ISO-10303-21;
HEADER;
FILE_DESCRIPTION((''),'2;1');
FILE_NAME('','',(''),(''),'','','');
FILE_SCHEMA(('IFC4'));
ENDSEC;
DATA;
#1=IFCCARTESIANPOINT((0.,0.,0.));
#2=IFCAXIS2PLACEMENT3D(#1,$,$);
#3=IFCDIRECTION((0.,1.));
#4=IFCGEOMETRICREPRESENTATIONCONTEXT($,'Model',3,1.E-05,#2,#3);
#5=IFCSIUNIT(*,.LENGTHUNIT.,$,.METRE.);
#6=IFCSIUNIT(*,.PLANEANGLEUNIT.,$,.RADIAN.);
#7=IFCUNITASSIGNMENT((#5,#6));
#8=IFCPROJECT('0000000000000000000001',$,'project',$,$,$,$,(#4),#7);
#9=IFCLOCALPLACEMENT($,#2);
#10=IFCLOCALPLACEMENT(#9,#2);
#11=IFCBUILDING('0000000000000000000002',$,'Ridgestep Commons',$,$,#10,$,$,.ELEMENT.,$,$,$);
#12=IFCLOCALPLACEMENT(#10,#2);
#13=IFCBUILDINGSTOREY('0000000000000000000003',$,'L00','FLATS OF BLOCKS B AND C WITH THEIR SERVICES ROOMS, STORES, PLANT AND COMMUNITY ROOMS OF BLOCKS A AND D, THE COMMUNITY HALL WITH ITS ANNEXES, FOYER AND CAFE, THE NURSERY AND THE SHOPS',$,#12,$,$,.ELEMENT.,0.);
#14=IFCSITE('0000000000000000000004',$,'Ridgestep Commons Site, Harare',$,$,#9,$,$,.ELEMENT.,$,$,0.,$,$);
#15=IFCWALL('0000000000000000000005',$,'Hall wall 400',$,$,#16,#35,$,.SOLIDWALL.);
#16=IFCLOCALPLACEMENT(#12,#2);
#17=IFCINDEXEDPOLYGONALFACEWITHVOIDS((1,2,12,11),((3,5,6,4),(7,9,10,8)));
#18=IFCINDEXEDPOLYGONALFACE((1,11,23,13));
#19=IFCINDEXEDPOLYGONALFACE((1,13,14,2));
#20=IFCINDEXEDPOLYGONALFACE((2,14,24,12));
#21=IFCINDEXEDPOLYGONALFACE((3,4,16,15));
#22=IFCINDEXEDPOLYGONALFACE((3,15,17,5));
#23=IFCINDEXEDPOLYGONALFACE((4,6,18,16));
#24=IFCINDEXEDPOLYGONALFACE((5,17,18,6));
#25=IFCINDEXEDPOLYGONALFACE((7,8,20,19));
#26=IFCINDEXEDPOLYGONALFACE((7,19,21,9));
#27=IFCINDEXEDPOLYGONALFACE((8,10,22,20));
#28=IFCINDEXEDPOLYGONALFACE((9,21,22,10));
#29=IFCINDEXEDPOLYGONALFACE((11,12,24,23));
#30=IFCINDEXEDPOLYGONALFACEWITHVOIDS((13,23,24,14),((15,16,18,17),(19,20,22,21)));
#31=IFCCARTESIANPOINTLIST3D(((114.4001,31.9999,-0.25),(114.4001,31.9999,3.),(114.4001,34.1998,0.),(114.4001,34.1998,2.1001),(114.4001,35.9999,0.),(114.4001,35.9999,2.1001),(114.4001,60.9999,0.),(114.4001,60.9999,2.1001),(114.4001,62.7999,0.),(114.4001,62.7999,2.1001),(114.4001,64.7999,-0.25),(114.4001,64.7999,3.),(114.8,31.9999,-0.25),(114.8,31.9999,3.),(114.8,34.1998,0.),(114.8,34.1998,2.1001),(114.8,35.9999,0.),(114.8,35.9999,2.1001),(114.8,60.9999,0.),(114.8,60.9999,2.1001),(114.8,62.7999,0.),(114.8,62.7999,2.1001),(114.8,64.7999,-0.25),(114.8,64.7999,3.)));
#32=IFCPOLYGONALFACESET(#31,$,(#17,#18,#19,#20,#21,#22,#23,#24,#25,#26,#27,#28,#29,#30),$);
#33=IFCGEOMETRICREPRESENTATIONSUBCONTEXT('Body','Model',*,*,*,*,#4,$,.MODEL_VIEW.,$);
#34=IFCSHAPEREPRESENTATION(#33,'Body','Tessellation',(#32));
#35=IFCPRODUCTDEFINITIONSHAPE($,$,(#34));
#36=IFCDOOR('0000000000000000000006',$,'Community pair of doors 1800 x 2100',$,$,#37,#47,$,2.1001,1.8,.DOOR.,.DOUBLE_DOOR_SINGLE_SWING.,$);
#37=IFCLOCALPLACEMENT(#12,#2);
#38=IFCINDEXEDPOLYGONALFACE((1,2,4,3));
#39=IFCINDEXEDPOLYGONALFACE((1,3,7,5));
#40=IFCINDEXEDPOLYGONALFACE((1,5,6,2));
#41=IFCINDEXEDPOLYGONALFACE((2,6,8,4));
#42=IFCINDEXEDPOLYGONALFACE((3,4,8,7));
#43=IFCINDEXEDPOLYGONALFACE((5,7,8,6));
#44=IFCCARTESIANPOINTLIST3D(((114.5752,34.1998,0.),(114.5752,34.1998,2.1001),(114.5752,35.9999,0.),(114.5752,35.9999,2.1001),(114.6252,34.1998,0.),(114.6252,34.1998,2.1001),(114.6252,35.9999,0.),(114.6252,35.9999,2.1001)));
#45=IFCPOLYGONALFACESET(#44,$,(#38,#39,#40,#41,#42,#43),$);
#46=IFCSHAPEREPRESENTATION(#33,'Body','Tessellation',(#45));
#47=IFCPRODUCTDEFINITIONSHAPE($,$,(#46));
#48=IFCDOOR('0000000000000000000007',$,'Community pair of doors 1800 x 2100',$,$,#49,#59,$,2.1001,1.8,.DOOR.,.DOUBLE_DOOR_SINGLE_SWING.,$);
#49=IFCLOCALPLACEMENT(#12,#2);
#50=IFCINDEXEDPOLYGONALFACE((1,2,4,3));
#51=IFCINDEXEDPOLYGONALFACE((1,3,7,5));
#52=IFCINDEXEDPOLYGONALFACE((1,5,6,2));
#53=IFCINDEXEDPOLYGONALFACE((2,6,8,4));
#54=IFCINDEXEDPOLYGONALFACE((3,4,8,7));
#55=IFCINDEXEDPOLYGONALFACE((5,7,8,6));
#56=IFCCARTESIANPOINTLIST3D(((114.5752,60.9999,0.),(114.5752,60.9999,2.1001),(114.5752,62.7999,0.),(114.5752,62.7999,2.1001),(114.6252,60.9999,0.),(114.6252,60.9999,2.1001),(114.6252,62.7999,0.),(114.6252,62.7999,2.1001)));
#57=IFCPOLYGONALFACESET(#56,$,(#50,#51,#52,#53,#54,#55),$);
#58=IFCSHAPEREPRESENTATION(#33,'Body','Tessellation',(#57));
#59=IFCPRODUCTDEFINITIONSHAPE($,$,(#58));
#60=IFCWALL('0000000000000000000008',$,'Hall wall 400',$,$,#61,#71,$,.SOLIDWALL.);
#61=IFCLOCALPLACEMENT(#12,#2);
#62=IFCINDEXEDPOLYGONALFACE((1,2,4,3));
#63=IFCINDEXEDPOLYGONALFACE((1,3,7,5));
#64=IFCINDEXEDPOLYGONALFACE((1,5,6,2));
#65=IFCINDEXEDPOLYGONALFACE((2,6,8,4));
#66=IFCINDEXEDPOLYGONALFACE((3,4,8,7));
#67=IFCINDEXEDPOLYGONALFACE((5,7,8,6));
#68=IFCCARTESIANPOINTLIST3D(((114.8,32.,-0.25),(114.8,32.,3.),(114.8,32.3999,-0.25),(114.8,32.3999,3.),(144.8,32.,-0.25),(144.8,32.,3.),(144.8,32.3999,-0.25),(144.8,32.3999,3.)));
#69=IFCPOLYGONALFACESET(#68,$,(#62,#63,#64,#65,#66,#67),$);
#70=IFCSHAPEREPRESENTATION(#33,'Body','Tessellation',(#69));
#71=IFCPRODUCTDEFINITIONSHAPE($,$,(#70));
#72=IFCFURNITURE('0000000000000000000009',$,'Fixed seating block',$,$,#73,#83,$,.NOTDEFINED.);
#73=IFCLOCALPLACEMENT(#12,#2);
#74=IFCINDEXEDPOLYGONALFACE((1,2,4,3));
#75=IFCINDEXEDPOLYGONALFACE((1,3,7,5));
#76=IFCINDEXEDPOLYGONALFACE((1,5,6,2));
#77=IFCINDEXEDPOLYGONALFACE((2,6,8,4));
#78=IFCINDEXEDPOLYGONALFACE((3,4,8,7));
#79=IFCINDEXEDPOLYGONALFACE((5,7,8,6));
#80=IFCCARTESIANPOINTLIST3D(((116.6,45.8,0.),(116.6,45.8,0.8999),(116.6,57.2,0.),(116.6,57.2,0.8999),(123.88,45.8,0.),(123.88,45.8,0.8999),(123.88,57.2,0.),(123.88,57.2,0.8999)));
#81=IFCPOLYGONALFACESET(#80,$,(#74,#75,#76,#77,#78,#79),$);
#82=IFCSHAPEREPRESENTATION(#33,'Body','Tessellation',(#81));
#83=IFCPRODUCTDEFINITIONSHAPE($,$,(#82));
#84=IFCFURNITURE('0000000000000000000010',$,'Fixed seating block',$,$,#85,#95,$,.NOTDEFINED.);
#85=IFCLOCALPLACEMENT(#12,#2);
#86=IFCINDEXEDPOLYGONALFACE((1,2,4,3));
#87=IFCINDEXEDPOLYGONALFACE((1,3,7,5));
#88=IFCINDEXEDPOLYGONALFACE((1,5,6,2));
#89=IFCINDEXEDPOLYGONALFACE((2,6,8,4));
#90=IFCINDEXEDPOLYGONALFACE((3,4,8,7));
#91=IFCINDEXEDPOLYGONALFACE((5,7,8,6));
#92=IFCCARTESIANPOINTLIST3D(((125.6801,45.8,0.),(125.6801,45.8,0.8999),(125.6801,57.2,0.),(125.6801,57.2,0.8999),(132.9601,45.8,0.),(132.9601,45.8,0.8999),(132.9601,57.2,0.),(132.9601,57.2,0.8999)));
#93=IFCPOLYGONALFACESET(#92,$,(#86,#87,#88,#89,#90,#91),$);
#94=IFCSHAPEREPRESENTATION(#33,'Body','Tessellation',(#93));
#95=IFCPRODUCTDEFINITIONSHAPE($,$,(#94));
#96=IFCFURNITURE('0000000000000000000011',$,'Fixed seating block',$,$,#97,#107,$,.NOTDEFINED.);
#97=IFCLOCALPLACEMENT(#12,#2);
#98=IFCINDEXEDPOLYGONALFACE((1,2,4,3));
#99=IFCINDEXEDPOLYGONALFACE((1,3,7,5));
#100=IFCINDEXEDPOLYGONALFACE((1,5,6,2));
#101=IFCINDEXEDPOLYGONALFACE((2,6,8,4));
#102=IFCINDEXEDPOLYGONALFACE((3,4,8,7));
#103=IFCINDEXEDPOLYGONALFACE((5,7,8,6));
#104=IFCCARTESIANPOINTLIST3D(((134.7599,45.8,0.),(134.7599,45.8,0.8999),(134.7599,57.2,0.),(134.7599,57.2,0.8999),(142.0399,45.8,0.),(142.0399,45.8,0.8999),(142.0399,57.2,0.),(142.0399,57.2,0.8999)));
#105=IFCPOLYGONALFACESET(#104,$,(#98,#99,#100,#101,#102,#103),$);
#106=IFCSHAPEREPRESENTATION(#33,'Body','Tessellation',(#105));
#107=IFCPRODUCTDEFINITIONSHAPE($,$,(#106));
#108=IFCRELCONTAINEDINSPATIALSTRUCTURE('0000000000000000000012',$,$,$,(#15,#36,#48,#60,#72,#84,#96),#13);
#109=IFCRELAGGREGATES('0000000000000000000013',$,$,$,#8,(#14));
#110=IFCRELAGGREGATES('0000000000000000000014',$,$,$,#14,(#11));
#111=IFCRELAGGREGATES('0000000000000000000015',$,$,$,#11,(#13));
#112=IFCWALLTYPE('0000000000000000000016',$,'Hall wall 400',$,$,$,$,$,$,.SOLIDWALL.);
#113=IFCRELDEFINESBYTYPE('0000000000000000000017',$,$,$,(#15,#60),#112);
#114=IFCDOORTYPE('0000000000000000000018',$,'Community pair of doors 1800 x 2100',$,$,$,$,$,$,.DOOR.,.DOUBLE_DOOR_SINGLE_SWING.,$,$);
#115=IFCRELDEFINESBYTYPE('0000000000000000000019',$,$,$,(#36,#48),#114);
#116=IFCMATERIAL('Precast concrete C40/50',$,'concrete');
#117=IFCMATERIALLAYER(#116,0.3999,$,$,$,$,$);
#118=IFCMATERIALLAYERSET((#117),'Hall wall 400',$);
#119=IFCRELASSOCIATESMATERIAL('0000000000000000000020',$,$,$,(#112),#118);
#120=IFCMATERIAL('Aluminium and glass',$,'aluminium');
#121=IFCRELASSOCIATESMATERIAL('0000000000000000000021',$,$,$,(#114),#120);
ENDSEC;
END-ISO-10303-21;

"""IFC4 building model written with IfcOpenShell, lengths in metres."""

from ifc_helpers import new_model, si_unit, direction, frame, frame_2d, origin, origin_2d, place, context, subcontext, project, spatial, rectangle, extrude, material, layer, layer_set, type_object, element, fill, save


model = new_model("IFC4")

# Units and contexts
model_context = context("Model", 3, precision=1e-05, world=origin(), true_north=direction((0.0, 1.0)))
body_context = subcontext(model_context, "Body", "Model", "MODEL_VIEW")
ifc_project = project(units=[si_unit("LENGTHUNIT", "METRE"), si_unit("PLANEANGLEUNIT", "RADIAN")], contexts=[model_context])

# Site, building, storey
site_placement = place(None, origin())
site = spatial("IfcSite", under=ifc_project, at=site_placement, Name="Ridgestep Commons Site, Harare", CompositionType="ELEMENT", RefElevation=0.0)
building_placement = place(site_placement, origin())
building = spatial("IfcBuilding", under=site, at=building_placement, Name="Ridgestep Commons", CompositionType="ELEMENT")
storey_placement = place(building_placement, origin())
storey = spatial("IfcBuildingStorey", under=building, at=storey_placement, Name="L00", Description="FLATS OF BLOCKS B AND C WITH THEIR SERVICES ROOMS, STORES, PLANT AND COMMUNITY ROOMS OF BLOCKS A AND D, THE COMMUNITY HALL WITH ITS ANNEXES, FOYER AND CAFE, THE NURSERY AND THE SHOPS", CompositionType="ELEMENT", Elevation=0.0)

# Wall, openings, doors
ifc_material_1 = material(Name="Precast concrete C40/50", Category="concrete")
ifc_layer_1 = layer(ifc_material_1, 0.3999)
ifc_layer_set_1 = layer_set([ifc_layer_1], Name="Hall wall 400")
wall_type_1 = type_object("IfcWallType", Name="Hall wall 400", PredefinedType="SOLIDWALL", material=ifc_layer_set_1)
wall_1_placement = place(storey_placement, frame((114.6001, 32.0, -0.25), z_axis=(0.0, 0.0, 1.0), x_axis=(0.0, 1.0, 0.0)))
wall_1 = element("IfcWall", 1, at=wall_1_placement, inside=storey, type_object=wall_type_1, Name="Hall wall 400", PredefinedType="SOLIDWALL", context=body_context, shape_type="SweptSolid", body=[
    extrude(rectangle(XDim=32.8, YDim=0.3999, at=frame_2d((16.3999, 0.0))), origin(), (0.0, 0.0, 1.0), 3.25),
])
opening_1_placement = place(wall_1_placement, frame((2.2, 0.0, 0.25)))
opening_1 = element("IfcOpeningElement", 2, at=opening_1_placement, cuts=wall_1, PredefinedType="OPENING", context=body_context, shape_type="SweptSolid", body=[
    extrude(rectangle(XDim=1.8, YDim=2.1001, at=frame_2d((0.8999, 1.05))), frame((0.0, 0.21, 0.0), z_axis=(0.0, -1.0, 0.0), x_axis=(1.0, 0.0, 0.0)), (0.0, 0.0, 1.0), 0.4199),
])
opening_2_placement = place(wall_1_placement, frame((29.0, 0.0, 0.25)))
opening_2 = element("IfcOpeningElement", 3, at=opening_2_placement, cuts=wall_1, PredefinedType="OPENING", context=body_context, shape_type="SweptSolid", body=[
    extrude(rectangle(XDim=1.8, YDim=2.1001, at=frame_2d((0.8999, 1.05))), frame((0.0, 0.21, 0.0), z_axis=(0.0, -1.0, 0.0), x_axis=(1.0, 0.0, 0.0)), (0.0, 0.0, 1.0), 0.4199),
])
ifc_material_2 = material(Name="Aluminium and glass", Category="aluminium")
door_type_1 = type_object("IfcDoorType", Name="Community pair of doors 1800 x 2100", OperationType="DOUBLE_DOOR_SINGLE_SWING", PredefinedType="DOOR", material=ifc_material_2)
door_1_placement = place(opening_1_placement, origin())
door_1 = element("IfcDoor", 4, at=door_1_placement, inside=storey, type_object=door_type_1, Name="Community pair of doors 1800 x 2100", OperationType="DOUBLE_DOOR_SINGLE_SWING", OverallHeight=2.1001, OverallWidth=1.8, PredefinedType="DOOR", context=body_context, shape_type="SweptSolid", body=[
    extrude(rectangle(XDim=1.8, YDim=2.1001, at=frame_2d((0.8999, 1.05))), frame((0.0, 0.0249, 0.0), z_axis=(0.0, -1.0, 0.0), x_axis=(1.0, 0.0, 0.0)), (0.0, 0.0, 1.0), 0.05),
])
fill(opening_1, door_1)
door_2_placement = place(opening_2_placement, origin())
door_2 = element("IfcDoor", 5, at=door_2_placement, inside=storey, type_object=door_type_1, Name="Community pair of doors 1800 x 2100", OperationType="DOUBLE_DOOR_SINGLE_SWING", OverallHeight=2.1001, OverallWidth=1.8, PredefinedType="DOOR", context=body_context, shape_type="SweptSolid", body=[
    extrude(rectangle(XDim=1.8, YDim=2.1001, at=frame_2d((0.8999, 1.05))), frame((0.0, 0.0249, 0.0), z_axis=(0.0, -1.0, 0.0), x_axis=(1.0, 0.0, 0.0)), (0.0, 0.0, 1.0), 0.05),
])
fill(opening_2, door_2)

# Wall
wall_2_placement = place(storey_placement, frame((114.8, 32.2, -0.25), z_axis=(0.0, 0.0, 1.0), x_axis=(1.0, 0.0, 0.0)))
element("IfcWall", 6, at=wall_2_placement, inside=storey, type_object=wall_type_1, Name="Hall wall 400", PredefinedType="SOLIDWALL", context=body_context, shape_type="SweptSolid", body=[
    extrude(rectangle(XDim=30.0, YDim=0.3999, at=frame_2d((15.0, 0.0))), origin(), (0.0, 0.0, 1.0), 3.25),
])

# Furniture
for number, where, z_axis, x_axis, name in (
    (7, (120.24, 51.5, 0.0), (0.0, 0.0, 1.0), (1.0, 0.0, 0.0), "Fixed seating block"),
    (8, (129.3201, 51.5, 0.0), (0.0, 0.0, 1.0), (1.0, 0.0, 0.0), "Fixed seating block"),
    (9, (138.3999, 51.5, 0.0), (0.0, 0.0, 1.0), (1.0, 0.0, 0.0), "Fixed seating block"),
):
    element("IfcFurniture", number, at=place(storey_placement, frame(where, z_axis=z_axis, x_axis=x_axis)), inside=storey, Name=name, PredefinedType="NOTDEFINED", context=body_context, shape_type="SweptSolid", body=[
        extrude(rectangle(XDim=7.28, YDim=11.3999, at=origin_2d()), origin(), (0.0, 0.0, 1.0), 0.8999),
    ])

save(model, "model.ifc")
